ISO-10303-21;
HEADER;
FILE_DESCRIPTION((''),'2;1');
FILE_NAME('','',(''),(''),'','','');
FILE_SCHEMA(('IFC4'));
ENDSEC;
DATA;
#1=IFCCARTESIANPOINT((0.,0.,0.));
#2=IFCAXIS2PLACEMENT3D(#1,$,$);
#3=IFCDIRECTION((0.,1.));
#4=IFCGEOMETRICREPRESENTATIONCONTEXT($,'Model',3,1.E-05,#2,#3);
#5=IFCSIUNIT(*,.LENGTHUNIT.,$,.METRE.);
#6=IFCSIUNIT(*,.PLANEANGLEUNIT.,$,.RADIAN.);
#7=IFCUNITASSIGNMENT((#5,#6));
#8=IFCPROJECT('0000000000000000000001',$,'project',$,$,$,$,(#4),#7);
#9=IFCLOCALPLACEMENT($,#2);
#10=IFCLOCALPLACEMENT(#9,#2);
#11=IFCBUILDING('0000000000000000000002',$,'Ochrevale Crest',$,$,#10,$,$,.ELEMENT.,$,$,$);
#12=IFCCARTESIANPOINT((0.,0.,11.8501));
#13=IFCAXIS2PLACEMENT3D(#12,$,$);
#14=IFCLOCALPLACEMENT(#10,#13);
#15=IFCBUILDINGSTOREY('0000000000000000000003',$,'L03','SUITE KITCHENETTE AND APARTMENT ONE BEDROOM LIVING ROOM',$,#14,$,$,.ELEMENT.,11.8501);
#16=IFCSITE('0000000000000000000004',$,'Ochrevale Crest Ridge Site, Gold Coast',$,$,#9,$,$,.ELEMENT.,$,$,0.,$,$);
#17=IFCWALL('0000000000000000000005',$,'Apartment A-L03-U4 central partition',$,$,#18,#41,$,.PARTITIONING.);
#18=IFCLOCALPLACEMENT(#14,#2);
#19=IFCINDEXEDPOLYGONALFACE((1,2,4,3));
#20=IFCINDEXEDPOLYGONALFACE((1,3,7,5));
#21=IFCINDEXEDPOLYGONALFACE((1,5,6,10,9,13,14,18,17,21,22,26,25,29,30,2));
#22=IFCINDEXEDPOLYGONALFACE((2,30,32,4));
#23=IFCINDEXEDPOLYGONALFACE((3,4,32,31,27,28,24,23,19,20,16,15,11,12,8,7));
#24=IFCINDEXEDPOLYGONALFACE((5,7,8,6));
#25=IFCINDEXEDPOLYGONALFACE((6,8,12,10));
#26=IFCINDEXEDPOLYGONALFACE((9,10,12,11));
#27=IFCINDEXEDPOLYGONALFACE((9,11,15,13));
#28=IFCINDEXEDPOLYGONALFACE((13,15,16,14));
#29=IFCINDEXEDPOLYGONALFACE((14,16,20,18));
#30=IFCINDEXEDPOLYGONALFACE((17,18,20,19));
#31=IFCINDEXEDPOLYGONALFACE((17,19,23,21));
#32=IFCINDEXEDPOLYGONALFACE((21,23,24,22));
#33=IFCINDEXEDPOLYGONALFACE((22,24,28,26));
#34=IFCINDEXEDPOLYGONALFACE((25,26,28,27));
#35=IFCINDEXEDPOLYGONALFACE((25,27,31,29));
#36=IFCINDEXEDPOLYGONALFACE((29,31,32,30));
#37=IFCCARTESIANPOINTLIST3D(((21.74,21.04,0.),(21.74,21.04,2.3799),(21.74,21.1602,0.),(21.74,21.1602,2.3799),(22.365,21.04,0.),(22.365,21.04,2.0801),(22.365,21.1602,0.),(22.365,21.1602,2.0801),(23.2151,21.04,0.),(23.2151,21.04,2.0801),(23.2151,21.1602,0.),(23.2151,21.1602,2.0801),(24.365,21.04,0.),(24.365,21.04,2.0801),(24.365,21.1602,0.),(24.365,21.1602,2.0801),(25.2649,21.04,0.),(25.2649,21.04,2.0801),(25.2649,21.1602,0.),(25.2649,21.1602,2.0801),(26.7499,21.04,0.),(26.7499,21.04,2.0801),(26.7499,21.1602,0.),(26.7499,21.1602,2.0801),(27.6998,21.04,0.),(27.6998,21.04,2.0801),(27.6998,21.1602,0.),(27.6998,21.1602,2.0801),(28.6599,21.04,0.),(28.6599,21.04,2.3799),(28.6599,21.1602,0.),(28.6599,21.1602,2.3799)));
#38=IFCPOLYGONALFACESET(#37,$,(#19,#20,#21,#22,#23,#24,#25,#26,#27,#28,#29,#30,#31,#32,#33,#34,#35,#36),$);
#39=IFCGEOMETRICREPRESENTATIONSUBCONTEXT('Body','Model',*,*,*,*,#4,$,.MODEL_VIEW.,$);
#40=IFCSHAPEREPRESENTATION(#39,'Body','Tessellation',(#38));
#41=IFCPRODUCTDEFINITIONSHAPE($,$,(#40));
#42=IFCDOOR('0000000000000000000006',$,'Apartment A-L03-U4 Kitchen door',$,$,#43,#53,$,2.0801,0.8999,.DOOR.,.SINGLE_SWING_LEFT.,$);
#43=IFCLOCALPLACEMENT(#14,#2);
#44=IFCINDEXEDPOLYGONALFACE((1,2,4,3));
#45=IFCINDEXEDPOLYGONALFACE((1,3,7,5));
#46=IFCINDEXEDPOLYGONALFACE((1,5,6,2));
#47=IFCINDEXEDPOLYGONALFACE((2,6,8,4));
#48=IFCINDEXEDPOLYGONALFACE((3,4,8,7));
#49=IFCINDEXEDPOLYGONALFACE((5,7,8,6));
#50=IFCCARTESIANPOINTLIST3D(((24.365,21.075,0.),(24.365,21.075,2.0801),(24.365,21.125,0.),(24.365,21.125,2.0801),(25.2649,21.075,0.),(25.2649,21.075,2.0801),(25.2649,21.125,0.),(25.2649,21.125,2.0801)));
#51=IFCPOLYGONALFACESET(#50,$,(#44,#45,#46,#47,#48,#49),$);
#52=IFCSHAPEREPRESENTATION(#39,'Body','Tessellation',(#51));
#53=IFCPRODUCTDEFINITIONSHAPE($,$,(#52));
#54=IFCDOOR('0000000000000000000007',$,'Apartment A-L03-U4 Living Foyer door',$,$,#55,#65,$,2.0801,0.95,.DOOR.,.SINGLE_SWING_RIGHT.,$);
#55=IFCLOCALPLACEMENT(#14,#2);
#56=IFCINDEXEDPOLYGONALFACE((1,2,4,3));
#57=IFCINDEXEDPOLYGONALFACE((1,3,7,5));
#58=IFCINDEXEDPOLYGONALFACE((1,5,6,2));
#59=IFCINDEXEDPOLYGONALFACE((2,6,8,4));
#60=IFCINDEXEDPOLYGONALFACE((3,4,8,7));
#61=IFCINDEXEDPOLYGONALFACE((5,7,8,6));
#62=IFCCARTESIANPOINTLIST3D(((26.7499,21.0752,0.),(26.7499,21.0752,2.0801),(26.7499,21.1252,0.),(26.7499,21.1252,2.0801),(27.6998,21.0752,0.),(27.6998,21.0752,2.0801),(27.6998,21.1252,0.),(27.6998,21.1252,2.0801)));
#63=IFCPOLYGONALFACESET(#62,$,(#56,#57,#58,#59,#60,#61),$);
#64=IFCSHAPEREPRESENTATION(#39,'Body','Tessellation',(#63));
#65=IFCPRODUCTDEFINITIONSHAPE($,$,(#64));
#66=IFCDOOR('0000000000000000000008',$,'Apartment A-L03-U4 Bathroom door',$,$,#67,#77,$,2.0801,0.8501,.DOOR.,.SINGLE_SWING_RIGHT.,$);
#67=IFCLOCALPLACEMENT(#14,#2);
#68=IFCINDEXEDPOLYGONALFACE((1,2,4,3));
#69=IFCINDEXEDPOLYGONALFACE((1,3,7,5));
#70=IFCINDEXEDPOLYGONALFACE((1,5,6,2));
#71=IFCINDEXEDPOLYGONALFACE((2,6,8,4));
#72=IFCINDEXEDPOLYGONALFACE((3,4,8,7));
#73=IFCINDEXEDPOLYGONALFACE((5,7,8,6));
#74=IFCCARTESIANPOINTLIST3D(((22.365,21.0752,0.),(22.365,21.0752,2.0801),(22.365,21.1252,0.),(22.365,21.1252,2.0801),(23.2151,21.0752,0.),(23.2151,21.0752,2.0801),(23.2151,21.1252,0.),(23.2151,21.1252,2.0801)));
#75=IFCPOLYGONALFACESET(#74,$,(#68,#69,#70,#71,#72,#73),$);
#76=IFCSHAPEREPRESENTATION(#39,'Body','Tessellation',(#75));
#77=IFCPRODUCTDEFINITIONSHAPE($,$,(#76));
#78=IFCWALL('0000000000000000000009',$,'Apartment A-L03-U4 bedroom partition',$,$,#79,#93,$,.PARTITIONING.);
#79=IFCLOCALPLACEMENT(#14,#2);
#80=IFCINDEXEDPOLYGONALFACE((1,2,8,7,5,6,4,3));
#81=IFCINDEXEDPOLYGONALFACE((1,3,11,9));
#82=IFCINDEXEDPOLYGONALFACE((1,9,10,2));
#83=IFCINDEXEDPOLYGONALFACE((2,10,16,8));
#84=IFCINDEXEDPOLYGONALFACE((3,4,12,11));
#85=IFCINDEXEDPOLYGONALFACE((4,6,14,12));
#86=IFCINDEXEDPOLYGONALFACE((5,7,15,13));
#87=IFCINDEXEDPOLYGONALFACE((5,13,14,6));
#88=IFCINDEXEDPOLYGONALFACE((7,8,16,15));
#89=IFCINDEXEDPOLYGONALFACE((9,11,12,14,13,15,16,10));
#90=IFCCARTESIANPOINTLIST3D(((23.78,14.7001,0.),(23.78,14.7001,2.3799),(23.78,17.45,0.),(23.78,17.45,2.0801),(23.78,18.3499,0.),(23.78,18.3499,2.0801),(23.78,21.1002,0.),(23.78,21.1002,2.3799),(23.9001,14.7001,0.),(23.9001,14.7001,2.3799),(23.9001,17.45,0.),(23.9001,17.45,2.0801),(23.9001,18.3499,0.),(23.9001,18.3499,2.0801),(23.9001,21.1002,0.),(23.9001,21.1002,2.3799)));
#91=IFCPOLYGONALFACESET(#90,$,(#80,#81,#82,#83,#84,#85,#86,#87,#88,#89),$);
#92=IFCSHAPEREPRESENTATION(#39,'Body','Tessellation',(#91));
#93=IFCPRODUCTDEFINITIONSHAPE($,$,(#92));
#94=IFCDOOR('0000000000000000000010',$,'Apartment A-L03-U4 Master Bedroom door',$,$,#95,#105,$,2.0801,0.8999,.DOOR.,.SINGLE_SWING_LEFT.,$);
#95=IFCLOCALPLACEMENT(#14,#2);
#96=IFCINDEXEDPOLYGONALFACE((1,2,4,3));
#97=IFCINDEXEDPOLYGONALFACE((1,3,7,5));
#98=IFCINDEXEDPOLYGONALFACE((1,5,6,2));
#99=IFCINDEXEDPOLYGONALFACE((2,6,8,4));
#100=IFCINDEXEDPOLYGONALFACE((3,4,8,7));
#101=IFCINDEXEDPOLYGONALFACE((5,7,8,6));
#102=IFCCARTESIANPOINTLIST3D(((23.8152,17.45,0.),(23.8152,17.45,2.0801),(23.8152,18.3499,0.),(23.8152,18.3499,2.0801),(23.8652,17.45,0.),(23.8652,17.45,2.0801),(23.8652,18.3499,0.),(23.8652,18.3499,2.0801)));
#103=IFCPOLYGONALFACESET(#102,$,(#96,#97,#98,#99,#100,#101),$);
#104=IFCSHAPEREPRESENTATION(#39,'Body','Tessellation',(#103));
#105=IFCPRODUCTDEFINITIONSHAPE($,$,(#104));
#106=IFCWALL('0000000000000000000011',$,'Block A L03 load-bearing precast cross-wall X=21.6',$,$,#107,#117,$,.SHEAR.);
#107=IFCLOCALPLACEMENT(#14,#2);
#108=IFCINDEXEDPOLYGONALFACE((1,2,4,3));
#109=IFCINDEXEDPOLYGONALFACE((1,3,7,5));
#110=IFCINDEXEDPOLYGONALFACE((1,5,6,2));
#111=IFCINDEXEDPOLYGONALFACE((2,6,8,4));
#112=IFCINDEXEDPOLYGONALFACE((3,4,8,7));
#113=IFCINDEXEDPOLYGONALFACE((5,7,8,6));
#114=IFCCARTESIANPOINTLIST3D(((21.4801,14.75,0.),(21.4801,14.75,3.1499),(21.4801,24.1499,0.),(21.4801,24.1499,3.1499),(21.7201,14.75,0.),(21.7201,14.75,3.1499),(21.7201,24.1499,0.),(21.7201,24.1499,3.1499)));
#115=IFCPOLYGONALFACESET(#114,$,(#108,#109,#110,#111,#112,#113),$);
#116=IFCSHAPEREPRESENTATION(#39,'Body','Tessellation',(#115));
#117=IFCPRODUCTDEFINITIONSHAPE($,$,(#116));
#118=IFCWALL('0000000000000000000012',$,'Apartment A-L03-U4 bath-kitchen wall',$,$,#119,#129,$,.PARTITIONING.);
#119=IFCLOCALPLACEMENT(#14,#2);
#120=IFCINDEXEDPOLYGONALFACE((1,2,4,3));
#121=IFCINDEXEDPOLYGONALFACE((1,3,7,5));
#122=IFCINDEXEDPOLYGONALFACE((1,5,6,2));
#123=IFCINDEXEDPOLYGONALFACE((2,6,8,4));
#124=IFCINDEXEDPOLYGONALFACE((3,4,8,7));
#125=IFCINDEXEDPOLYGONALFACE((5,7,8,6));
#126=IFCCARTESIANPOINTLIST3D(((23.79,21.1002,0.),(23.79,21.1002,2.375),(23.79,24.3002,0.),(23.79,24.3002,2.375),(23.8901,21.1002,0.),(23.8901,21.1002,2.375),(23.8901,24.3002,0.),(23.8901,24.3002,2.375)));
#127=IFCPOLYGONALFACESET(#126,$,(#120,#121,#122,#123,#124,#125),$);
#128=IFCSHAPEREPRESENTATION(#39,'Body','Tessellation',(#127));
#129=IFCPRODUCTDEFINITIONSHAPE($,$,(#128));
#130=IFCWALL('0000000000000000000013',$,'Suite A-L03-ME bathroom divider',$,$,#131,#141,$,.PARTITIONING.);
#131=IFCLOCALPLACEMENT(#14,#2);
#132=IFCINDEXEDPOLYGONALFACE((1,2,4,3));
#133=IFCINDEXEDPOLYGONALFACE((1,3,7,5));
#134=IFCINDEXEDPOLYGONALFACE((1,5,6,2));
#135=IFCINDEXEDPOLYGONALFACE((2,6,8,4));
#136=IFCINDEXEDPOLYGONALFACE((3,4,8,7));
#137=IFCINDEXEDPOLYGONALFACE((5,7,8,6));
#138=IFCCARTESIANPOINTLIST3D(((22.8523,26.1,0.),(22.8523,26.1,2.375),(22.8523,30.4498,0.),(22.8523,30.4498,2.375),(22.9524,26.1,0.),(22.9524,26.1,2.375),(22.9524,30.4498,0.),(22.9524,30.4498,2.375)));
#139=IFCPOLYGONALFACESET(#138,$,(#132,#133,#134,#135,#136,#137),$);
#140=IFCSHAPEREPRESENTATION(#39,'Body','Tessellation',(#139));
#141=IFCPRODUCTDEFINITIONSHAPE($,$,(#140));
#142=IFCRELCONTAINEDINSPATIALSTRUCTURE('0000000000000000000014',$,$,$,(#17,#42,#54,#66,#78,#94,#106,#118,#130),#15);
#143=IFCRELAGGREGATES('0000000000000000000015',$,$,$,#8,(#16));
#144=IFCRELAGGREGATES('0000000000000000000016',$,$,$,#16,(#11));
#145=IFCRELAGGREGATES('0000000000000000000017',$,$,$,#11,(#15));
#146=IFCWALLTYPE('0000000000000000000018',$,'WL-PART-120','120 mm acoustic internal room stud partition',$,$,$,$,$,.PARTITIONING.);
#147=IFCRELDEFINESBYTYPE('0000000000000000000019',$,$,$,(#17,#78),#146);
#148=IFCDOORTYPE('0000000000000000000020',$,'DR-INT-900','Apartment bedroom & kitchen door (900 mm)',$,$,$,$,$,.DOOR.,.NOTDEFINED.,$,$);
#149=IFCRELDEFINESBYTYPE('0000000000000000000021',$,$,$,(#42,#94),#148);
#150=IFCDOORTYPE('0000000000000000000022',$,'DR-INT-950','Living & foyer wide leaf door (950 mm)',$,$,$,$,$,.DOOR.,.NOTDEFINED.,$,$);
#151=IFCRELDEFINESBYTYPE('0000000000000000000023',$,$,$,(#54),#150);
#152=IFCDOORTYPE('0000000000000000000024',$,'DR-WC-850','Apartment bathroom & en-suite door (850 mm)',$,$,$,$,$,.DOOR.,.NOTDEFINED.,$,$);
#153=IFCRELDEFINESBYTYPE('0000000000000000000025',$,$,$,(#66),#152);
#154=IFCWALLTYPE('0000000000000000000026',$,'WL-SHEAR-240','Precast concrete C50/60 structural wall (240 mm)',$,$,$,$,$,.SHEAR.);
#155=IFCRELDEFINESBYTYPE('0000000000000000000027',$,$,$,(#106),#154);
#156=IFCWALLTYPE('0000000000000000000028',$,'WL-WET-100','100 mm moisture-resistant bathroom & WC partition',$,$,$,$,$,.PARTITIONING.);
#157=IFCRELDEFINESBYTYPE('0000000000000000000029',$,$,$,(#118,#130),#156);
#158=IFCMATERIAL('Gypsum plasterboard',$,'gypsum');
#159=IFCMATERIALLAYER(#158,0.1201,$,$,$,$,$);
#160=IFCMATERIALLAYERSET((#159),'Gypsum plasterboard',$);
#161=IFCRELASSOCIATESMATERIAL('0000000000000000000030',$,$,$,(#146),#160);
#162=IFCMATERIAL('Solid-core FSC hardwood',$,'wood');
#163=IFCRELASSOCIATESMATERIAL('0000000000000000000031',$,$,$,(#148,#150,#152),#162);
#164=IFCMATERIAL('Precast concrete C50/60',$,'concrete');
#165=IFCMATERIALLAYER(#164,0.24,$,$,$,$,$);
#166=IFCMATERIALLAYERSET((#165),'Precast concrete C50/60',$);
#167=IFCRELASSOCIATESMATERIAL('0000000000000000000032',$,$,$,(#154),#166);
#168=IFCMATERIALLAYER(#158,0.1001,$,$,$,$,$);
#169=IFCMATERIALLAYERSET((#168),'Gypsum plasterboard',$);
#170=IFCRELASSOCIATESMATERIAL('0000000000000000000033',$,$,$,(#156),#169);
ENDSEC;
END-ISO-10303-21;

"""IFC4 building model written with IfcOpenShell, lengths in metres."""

from ifc_helpers import new_model, si_unit, direction, frame, frame_2d, origin, place, context, subcontext, project, spatial, rectangle, extrude, material, layer, layer_set, type_object, element, fill, save


model = new_model("IFC4")

# Units and contexts
model_context = context("Model", 3, precision=1e-05, world=origin(), true_north=direction((0.0, 1.0)))
body_context = subcontext(model_context, "Body", "Model", "MODEL_VIEW")
ifc_project = project(units=[si_unit("LENGTHUNIT", "METRE"), si_unit("PLANEANGLEUNIT", "RADIAN")], contexts=[model_context])

# Site, building, storey
site_placement = place(None, origin())
site = spatial("IfcSite", under=ifc_project, at=site_placement, Name="Ochrevale Crest Ridge Site, Gold Coast", CompositionType="ELEMENT", RefElevation=0.0)
building_placement = place(site_placement, origin())
building = spatial("IfcBuilding", under=site, at=building_placement, Name="Ochrevale Crest", CompositionType="ELEMENT")
storey_placement = place(building_placement, frame((0.0, 0.0, 11.8501)))
storey = spatial("IfcBuildingStorey", under=building, at=storey_placement, Name="L03", Description="SUITE KITCHENETTE AND APARTMENT ONE BEDROOM LIVING ROOM", CompositionType="ELEMENT", Elevation=11.8501)

# Shared definitions
ifc_material_1 = material(Name="Precast concrete C50/60", Category="concrete")

# Shared definitions
ifc_material_2 = material(Name="Gypsum plasterboard", Category="gypsum")
ifc_material_3 = material(Name="Solid-core FSC hardwood", Category="wood")

# Shared definitions
ifc_layer_1 = layer(ifc_material_2, 0.1201)
ifc_layer_set_1 = layer_set([ifc_layer_1], Name="Gypsum plasterboard")
wall_type_1 = type_object("IfcWallType", Name="WL-PART-120", Description="120 mm acoustic internal room stud partition", PredefinedType="PARTITIONING", material=ifc_layer_set_1)

# Wall, openings, doors
wall_1_placement = place(storey_placement, frame((21.74, 21.1001, 0.0), z_axis=(0.0, 0.0, 1.0), x_axis=(1.0, 0.0, 0.0)))
wall_1 = element("IfcWall", 1, at=wall_1_placement, inside=storey, type_object=wall_type_1, Name="Apartment A-L03-U4 central partition", PredefinedType="PARTITIONING", context=body_context, shape_type="SweptSolid", body=[
    extrude(rectangle(XDim=6.9199, YDim=0.1201, at=frame_2d((3.46, 0.0))), origin(), (0.0, 0.0, 1.0), 2.3799),
])
opening_1_placement = place(wall_1_placement, frame((1.4751, 0.0, 0.0), z_axis=(0.0, 0.0, 1.0), x_axis=(-1.0, 0.0, 0.0)))
opening_1 = element("IfcOpeningElement", 2, at=opening_1_placement, cuts=wall_1, PredefinedType="OPENING", context=body_context, shape_type="SweptSolid", body=[
    extrude(rectangle(XDim=0.8501, YDim=2.0801, at=frame_2d((0.425, 1.04))), frame((0.0, 0.0701, 0.0), z_axis=(0.0, -1.0, 0.0), x_axis=(1.0, 0.0, 0.0)), (0.0, 0.0, 1.0), 0.1401),
])
opening_2_placement = place(wall_1_placement, frame((2.625, 0.0, 0.0)))
opening_2 = element("IfcOpeningElement", 3, at=opening_2_placement, cuts=wall_1, PredefinedType="OPENING", context=body_context, shape_type="SweptSolid", body=[
    extrude(rectangle(XDim=0.8999, YDim=2.0801, at=frame_2d((0.45, 1.04))), frame((0.0, 0.0701, 0.0), z_axis=(0.0, -1.0, 0.0), x_axis=(1.0, 0.0, 0.0)), (0.0, 0.0, 1.0), 0.1401),
])
opening_3_placement = place(wall_1_placement, frame((5.96, 0.0, 0.0), z_axis=(0.0, 0.0, 1.0), x_axis=(-1.0, 0.0, 0.0)))
opening_3 = element("IfcOpeningElement", 4, at=opening_3_placement, cuts=wall_1, PredefinedType="OPENING", context=body_context, shape_type="SweptSolid", body=[
    extrude(rectangle(XDim=0.95, YDim=2.0801, at=frame_2d((0.4751, 1.04))), frame((0.0, 0.0701, 0.0), z_axis=(0.0, -1.0, 0.0), x_axis=(1.0, 0.0, 0.0)), (0.0, 0.0, 1.0), 0.1401),
])
door_type_1 = type_object("IfcDoorType", Name="DR-INT-900", Description="Apartment bedroom & kitchen door (900 mm)", OperationType="NOTDEFINED", PredefinedType="DOOR", material=ifc_material_3)
door_1_placement = place(opening_2_placement, origin())
door_1 = element("IfcDoor", 5, at=door_1_placement, inside=storey, type_object=door_type_1, Name="Apartment A-L03-U4 Kitchen door", OperationType="SINGLE_SWING_LEFT", OverallHeight=2.0801, OverallWidth=0.8999, PredefinedType="DOOR", context=body_context, shape_type="SweptSolid", body=[
    extrude(rectangle(XDim=0.8999, YDim=2.0801, at=frame_2d((0.45, 1.04))), frame((0.0, 0.0249, 0.0), z_axis=(0.0, -1.0, 0.0), x_axis=(1.0, 0.0, 0.0)), (0.0, 0.0, 1.0), 0.05),
])
fill(opening_2, door_1)
door_type_2 = type_object("IfcDoorType", Name="DR-INT-950", Description="Living & foyer wide leaf door (950 mm)", OperationType="NOTDEFINED", PredefinedType="DOOR", material=ifc_material_3)
door_2_placement = place(opening_3_placement, origin())
door_2 = element("IfcDoor", 6, at=door_2_placement, inside=storey, type_object=door_type_2, Name="Apartment A-L03-U4 Living Foyer door", OperationType="SINGLE_SWING_RIGHT", OverallHeight=2.0801, OverallWidth=0.95, PredefinedType="DOOR", context=body_context, shape_type="SweptSolid", body=[
    extrude(rectangle(XDim=0.95, YDim=2.0801, at=frame_2d((0.4751, 1.04))), frame((0.0, 0.0249, 0.0), z_axis=(0.0, -1.0, 0.0), x_axis=(1.0, 0.0, 0.0)), (0.0, 0.0, 1.0), 0.05),
])
fill(opening_3, door_2)
door_type_3 = type_object("IfcDoorType", Name="DR-WC-850", Description="Apartment bathroom & en-suite door (850 mm)", OperationType="NOTDEFINED", PredefinedType="DOOR", material=ifc_material_3)
door_3_placement = place(opening_1_placement, origin())
door_3 = element("IfcDoor", 7, at=door_3_placement, inside=storey, type_object=door_type_3, Name="Apartment A-L03-U4 Bathroom door", OperationType="SINGLE_SWING_RIGHT", OverallHeight=2.0801, OverallWidth=0.8501, PredefinedType="DOOR", context=body_context, shape_type="SweptSolid", body=[
    extrude(rectangle(XDim=0.8501, YDim=2.0801, at=frame_2d((0.425, 1.04))), frame((0.0, 0.0249, 0.0), z_axis=(0.0, -1.0, 0.0), x_axis=(1.0, 0.0, 0.0)), (0.0, 0.0, 1.0), 0.05),
])
fill(opening_1, door_3)

# Wall, opening, door
wall_2_placement = place(storey_placement, frame((23.8401, 14.7, 0.0), z_axis=(0.0, 0.0, 1.0), x_axis=(0.0, 1.0, 0.0)))
wall_2 = element("IfcWall", 8, at=wall_2_placement, inside=storey, type_object=wall_type_1, Name="Apartment A-L03-U4 bedroom partition", PredefinedType="PARTITIONING", context=body_context, shape_type="SweptSolid", body=[
    extrude(rectangle(XDim=6.4001, YDim=0.1201, at=frame_2d((3.2002, 0.0))), origin(), (0.0, 0.0, 1.0), 2.3799),
])
opening_4_placement = place(wall_2_placement, frame((2.75, 0.0, 0.0)))
opening_4 = element("IfcOpeningElement", 9, at=opening_4_placement, cuts=wall_2, PredefinedType="OPENING", context=body_context, shape_type="SweptSolid", body=[
    extrude(rectangle(XDim=0.8999, YDim=2.0801, at=frame_2d((0.45, 1.04))), frame((0.0, 0.0701, 0.0), z_axis=(0.0, -1.0, 0.0), x_axis=(1.0, 0.0, 0.0)), (0.0, 0.0, 1.0), 0.1401),
])
door_4_placement = place(opening_4_placement, origin())
door_4 = element("IfcDoor", 10, at=door_4_placement, inside=storey, type_object=door_type_1, Name="Apartment A-L03-U4 Master Bedroom door", OperationType="SINGLE_SWING_LEFT", OverallHeight=2.0801, OverallWidth=0.8999, PredefinedType="DOOR", context=body_context, shape_type="SweptSolid", body=[
    extrude(rectangle(XDim=0.8999, YDim=2.0801, at=frame_2d((0.45, 1.04))), frame((0.0, 0.0249, 0.0), z_axis=(0.0, -1.0, 0.0), x_axis=(1.0, 0.0, 0.0)), (0.0, 0.0, 1.0), 0.05),
])
fill(opening_4, door_4)

# Walls
ifc_layer_2 = layer(ifc_material_1, 0.24)
ifc_layer_set_2 = layer_set([ifc_layer_2], Name="Precast concrete C50/60")
wall_type_2 = type_object("IfcWallType", Name="WL-SHEAR-240", Description="Precast concrete C50/60 structural wall (240 mm)", PredefinedType="SHEAR", material=ifc_layer_set_2)
wall_3_placement = place(storey_placement, frame((21.6001, 14.75, 0.0), z_axis=(0.0, 0.0, 1.0), x_axis=(0.0, 1.0, 0.0)))
element("IfcWall", 11, at=wall_3_placement, inside=storey, type_object=wall_type_2, Name="Block A L03 load-bearing precast cross-wall X=21.6", PredefinedType="SHEAR", context=body_context, shape_type="SweptSolid", body=[
    extrude(rectangle(XDim=9.3999, YDim=0.24, at=frame_2d((4.7, 0.0))), origin(), (0.0, 0.0, 1.0), 3.1499),
])
ifc_layer_3 = layer(ifc_material_2, 0.1001)
ifc_layer_set_3 = layer_set([ifc_layer_3], Name="Gypsum plasterboard")
wall_type_3 = type_object("IfcWallType", Name="WL-WET-100", Description="100 mm moisture-resistant bathroom & WC partition", PredefinedType="PARTITIONING", material=ifc_layer_set_3)
wall_4_placement = place(storey_placement, frame((23.8401, 21.1001, 0.0), z_axis=(0.0, 0.0, 1.0), x_axis=(0.0, 1.0, 0.0)))
element("IfcWall", 12, at=wall_4_placement, inside=storey, type_object=wall_type_3, Name="Apartment A-L03-U4 bath-kitchen wall", PredefinedType="PARTITIONING", context=body_context, shape_type="SweptSolid", body=[
    extrude(rectangle(XDim=3.2, YDim=0.1001, at=frame_2d((1.6001, 0.0))), origin(), (0.0, 0.0, 1.0), 2.375),
])
wall_5_placement = place(storey_placement, frame((22.9023, 26.1001, 0.0), z_axis=(0.0, 0.0, 1.0), x_axis=(0.0, 1.0, 0.0)))
element("IfcWall", 13, at=wall_5_placement, inside=storey, type_object=wall_type_3, Name="Suite A-L03-ME bathroom divider", PredefinedType="PARTITIONING", context=body_context, shape_type="SweptSolid", body=[
    extrude(rectangle(XDim=4.3499, YDim=0.1001, at=frame_2d((2.1748, 0.0))), origin(), (0.0, 0.0, 1.0), 2.375),
])

save(model, "model.ifc")
